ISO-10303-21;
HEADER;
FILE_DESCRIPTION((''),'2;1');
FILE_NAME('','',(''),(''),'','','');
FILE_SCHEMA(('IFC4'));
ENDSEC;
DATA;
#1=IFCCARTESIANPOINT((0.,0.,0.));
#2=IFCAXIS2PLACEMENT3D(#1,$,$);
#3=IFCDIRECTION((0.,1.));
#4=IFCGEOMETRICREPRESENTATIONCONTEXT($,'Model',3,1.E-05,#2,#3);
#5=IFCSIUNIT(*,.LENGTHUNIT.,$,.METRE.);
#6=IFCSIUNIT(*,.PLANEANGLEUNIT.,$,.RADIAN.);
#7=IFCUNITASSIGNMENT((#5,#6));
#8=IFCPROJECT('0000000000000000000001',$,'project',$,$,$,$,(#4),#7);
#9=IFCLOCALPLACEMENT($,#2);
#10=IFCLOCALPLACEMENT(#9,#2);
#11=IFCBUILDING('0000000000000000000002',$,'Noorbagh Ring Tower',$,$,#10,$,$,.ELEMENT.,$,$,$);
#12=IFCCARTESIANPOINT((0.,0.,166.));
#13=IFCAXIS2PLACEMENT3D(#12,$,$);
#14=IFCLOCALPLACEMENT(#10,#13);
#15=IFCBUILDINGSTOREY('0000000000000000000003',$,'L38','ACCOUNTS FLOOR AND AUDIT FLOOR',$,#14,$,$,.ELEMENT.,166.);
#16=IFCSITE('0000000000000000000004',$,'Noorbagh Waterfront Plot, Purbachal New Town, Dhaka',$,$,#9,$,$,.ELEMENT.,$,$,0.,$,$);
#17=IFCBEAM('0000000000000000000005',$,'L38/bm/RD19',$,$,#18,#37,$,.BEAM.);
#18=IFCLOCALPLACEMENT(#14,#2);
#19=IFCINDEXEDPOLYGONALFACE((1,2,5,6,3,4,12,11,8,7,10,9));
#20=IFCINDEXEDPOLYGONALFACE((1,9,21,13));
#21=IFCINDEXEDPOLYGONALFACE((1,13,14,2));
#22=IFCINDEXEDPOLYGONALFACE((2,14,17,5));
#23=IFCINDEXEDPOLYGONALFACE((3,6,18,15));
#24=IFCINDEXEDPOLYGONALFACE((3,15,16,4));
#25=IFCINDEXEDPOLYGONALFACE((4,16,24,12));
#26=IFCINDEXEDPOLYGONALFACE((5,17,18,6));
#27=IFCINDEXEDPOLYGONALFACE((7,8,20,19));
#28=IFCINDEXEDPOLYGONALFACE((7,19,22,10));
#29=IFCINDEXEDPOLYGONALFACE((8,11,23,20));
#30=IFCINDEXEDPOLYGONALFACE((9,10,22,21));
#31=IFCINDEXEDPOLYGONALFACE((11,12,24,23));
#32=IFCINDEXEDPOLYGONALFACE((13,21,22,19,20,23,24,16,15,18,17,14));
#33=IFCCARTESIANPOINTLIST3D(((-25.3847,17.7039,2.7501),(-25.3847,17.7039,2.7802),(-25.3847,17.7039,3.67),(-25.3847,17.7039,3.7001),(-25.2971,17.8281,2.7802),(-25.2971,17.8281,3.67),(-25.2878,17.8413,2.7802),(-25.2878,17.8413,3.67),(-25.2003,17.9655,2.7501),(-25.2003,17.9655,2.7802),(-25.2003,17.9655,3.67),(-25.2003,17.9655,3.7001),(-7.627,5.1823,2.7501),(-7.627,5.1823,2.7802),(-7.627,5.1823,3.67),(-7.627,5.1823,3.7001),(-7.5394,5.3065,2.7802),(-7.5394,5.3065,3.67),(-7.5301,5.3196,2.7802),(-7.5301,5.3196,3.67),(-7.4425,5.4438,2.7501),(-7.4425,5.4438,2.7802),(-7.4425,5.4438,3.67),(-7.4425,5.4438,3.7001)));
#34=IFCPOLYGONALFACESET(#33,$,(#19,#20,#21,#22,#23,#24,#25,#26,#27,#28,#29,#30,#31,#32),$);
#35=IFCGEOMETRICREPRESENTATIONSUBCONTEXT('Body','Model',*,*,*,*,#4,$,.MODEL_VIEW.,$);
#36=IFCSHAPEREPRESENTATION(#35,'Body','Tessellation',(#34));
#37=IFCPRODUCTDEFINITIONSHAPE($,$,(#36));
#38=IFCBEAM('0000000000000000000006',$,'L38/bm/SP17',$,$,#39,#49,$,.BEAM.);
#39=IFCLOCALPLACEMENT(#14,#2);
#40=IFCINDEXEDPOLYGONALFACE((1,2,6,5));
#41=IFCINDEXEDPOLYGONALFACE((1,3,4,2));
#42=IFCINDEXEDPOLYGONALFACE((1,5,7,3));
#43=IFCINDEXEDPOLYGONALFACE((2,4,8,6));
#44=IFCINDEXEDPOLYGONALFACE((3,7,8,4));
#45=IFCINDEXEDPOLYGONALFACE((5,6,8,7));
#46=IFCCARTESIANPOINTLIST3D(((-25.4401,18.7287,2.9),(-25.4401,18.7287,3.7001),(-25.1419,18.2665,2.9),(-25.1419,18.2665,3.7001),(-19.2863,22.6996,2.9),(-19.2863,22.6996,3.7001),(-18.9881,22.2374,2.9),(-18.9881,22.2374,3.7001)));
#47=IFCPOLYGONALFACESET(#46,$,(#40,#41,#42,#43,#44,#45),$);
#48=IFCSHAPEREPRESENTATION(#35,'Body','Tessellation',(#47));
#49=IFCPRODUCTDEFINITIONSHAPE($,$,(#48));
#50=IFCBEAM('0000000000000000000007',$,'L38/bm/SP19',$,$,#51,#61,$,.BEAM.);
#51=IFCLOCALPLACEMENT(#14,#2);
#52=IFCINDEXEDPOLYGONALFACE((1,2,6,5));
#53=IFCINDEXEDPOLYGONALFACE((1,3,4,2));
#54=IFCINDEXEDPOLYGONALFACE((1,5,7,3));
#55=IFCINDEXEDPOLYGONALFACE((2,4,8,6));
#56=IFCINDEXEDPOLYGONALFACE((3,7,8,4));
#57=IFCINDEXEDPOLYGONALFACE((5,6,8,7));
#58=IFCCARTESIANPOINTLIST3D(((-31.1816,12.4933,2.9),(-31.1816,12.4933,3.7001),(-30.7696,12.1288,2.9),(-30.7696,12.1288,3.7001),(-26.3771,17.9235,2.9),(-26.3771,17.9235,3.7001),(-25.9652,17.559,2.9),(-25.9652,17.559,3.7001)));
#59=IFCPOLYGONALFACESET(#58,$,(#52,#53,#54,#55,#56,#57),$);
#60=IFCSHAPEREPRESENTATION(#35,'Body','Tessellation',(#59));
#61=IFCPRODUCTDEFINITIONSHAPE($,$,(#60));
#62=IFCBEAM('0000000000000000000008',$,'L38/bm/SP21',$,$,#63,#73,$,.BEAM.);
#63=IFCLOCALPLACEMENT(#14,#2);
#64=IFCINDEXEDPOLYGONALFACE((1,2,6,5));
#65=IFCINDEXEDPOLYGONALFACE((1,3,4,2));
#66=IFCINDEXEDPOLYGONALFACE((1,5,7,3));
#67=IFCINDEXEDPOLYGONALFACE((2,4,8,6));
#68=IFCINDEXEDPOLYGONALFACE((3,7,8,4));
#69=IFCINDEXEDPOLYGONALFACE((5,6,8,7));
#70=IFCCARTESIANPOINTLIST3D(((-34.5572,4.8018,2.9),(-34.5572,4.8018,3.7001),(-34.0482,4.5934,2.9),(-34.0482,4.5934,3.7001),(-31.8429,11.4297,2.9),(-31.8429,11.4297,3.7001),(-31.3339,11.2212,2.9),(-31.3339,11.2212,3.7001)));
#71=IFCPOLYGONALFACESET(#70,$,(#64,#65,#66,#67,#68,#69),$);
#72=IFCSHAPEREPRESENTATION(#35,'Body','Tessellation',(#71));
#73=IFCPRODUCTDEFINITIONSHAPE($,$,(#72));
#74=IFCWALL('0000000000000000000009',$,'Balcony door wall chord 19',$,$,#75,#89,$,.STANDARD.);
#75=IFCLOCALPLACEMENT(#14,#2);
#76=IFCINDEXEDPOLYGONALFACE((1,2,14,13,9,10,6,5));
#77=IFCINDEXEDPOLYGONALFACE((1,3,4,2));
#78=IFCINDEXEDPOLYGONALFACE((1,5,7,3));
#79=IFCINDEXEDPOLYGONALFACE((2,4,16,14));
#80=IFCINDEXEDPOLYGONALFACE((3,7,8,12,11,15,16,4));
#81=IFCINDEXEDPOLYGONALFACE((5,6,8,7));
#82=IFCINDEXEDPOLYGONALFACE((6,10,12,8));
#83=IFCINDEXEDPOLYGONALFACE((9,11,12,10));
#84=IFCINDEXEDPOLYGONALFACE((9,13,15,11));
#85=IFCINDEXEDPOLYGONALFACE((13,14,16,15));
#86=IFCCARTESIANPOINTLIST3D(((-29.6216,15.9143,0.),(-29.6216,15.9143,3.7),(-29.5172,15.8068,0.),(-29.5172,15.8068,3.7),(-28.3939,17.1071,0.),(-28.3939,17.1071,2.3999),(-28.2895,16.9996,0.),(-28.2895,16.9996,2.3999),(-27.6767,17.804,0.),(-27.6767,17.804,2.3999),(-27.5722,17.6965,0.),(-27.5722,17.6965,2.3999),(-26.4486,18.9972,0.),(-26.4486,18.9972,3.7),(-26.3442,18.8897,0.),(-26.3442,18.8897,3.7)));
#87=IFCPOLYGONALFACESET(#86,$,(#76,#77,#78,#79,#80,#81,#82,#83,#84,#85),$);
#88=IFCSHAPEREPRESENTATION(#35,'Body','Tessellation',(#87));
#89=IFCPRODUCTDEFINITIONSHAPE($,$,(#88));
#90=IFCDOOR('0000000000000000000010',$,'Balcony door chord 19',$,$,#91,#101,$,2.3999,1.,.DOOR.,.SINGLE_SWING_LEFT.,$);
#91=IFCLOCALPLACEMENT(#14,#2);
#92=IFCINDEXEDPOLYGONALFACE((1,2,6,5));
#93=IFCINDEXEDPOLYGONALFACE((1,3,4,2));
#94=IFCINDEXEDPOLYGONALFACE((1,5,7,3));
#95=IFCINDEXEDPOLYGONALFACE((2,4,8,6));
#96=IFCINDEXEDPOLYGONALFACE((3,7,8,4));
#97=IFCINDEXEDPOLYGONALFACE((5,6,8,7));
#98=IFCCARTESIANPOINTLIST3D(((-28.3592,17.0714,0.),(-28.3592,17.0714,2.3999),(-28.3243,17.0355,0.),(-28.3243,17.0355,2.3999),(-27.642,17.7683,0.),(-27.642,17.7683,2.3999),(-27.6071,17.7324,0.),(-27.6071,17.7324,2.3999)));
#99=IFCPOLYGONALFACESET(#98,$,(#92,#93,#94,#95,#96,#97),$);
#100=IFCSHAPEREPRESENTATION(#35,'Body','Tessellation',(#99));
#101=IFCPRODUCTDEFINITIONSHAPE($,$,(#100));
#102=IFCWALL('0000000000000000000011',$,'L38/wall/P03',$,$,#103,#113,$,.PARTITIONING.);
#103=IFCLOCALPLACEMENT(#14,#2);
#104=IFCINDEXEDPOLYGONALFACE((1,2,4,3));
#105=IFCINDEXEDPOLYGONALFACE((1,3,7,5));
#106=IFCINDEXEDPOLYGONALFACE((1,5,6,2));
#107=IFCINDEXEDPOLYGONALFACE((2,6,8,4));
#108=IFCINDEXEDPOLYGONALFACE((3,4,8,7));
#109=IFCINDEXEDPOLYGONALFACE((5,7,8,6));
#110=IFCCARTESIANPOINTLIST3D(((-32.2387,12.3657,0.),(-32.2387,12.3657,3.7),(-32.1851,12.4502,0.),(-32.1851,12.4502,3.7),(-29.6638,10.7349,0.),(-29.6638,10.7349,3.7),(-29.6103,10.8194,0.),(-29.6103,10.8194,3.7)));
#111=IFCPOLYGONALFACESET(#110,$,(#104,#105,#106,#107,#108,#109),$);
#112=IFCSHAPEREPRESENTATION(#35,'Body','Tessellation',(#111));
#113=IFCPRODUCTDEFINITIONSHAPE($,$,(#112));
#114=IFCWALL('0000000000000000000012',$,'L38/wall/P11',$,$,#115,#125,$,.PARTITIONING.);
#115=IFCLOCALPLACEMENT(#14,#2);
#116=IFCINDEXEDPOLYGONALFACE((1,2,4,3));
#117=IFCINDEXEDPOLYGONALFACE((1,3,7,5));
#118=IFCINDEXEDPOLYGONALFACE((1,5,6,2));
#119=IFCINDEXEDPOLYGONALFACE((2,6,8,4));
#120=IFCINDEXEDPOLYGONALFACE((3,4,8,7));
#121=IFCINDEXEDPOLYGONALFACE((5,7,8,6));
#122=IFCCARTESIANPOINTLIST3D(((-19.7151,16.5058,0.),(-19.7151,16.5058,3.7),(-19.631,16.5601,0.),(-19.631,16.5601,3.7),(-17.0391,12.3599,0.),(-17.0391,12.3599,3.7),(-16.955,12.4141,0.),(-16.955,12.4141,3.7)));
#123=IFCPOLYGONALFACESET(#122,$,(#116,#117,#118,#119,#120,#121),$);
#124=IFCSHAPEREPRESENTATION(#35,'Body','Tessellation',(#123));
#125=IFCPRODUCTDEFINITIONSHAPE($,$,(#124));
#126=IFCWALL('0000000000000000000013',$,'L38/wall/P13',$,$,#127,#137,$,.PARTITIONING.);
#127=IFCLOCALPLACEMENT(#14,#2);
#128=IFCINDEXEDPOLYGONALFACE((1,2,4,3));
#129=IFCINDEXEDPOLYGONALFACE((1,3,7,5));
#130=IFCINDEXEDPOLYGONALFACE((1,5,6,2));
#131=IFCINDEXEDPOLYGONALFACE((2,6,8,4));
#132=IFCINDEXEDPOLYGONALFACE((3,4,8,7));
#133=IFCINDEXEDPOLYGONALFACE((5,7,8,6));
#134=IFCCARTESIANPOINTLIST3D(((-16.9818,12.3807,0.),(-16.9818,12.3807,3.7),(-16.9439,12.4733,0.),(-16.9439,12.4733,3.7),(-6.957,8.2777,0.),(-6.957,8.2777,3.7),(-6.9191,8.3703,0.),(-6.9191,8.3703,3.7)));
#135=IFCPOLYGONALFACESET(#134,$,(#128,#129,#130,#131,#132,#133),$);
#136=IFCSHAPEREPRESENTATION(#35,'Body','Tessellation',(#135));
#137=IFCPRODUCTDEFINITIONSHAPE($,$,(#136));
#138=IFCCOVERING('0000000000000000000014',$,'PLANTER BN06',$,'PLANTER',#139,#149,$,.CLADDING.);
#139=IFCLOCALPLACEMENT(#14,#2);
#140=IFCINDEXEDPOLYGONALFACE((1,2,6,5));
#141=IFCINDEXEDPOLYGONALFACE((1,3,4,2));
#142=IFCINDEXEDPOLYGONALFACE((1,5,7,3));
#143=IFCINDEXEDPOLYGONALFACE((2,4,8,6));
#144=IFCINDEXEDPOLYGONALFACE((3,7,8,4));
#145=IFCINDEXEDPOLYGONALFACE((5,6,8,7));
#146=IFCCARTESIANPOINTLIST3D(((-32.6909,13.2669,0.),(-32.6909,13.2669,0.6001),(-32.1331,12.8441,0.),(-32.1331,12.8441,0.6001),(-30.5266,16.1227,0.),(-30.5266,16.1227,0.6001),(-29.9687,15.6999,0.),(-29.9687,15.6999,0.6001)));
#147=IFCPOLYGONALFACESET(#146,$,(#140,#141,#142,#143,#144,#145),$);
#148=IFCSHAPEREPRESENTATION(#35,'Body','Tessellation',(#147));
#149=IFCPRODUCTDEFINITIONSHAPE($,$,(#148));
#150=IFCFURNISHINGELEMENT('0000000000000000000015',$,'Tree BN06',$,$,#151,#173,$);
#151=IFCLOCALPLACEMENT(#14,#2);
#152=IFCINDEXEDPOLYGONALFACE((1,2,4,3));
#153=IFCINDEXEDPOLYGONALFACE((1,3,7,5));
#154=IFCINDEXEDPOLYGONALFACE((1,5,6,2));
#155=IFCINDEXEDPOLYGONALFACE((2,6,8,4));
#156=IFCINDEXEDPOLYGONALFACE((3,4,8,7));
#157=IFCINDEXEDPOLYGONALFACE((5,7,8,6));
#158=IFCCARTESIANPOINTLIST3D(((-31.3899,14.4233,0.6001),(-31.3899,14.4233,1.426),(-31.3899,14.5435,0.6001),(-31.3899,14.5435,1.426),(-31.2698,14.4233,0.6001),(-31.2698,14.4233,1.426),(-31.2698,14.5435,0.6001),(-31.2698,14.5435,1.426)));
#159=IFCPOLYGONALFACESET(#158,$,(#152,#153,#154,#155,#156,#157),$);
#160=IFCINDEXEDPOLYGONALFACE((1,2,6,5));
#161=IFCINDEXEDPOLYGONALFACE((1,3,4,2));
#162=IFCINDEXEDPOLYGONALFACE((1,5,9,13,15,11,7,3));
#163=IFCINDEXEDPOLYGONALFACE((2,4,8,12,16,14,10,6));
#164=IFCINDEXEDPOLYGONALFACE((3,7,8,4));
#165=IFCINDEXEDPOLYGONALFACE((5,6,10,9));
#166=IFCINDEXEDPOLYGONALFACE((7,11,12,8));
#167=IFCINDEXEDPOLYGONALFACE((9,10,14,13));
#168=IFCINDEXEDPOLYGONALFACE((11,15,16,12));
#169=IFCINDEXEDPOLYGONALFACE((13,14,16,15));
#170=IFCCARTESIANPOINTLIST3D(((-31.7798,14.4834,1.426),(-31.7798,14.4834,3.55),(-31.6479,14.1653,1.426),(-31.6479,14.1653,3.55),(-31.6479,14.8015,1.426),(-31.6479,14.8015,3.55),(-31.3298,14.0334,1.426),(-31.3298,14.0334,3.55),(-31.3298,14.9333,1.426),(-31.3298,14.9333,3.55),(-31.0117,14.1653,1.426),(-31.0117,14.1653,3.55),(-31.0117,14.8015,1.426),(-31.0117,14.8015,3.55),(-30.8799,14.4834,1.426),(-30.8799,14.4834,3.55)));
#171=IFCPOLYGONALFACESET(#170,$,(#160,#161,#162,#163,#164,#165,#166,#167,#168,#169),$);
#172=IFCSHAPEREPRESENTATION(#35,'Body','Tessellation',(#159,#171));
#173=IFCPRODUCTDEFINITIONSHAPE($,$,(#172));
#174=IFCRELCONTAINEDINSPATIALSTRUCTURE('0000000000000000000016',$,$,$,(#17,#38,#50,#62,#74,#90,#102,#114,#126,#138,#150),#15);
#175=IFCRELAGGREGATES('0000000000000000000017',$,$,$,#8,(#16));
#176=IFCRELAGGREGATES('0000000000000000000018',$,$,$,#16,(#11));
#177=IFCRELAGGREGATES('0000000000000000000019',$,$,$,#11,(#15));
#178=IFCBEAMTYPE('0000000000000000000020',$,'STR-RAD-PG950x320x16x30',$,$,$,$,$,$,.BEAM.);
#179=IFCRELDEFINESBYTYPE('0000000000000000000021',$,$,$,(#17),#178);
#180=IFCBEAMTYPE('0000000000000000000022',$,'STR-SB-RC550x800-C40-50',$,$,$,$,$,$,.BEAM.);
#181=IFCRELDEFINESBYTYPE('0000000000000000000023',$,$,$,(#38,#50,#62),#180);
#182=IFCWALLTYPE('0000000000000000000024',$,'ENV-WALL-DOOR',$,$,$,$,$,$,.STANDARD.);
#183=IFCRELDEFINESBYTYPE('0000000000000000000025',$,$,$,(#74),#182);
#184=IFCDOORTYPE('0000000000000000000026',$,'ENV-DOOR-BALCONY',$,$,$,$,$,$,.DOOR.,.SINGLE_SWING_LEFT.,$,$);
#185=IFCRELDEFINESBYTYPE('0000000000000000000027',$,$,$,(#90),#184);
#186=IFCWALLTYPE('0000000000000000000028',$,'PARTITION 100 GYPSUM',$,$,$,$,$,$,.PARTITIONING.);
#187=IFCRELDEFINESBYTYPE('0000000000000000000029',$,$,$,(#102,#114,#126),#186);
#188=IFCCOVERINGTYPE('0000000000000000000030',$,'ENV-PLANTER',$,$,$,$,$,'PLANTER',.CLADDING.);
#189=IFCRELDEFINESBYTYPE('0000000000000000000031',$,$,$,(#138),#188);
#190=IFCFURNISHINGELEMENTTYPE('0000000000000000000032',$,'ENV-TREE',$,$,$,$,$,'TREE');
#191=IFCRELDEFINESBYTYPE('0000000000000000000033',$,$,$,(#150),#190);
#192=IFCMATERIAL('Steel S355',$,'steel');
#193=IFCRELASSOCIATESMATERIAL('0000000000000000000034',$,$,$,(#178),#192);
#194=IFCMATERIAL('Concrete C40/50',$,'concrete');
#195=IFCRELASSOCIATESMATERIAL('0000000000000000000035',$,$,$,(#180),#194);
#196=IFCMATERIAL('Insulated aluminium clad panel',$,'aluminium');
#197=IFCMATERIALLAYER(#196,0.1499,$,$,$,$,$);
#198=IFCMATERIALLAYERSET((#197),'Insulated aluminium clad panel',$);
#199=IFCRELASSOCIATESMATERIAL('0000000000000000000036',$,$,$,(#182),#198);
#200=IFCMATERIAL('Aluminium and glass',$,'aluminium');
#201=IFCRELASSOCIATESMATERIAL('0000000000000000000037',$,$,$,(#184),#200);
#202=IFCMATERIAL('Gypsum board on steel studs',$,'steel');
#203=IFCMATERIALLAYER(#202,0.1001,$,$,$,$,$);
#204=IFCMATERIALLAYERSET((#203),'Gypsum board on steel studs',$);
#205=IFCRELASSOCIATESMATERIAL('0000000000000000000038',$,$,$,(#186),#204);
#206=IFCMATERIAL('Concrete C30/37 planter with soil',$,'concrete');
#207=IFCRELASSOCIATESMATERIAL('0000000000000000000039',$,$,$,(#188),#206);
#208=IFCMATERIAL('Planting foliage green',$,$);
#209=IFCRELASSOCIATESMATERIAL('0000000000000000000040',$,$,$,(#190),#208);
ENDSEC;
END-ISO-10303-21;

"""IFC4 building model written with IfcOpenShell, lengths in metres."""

from ifc_helpers import new_model, si_unit, direction, frame, frame_2d, origin, origin_2d, place, context, subcontext, project, spatial, polyline, rectangle, i_section, outline, extrude, material, layer, layer_set, material_profile, profile_set, type_object, element, fill, save


model = new_model("IFC4")

# Units and contexts
model_context = context("Model", 3, precision=1e-05, world=origin(), true_north=direction((0.0, 1.0)))
body_context = subcontext(model_context, "Body", "Model", "MODEL_VIEW")
ifc_project = project(units=[si_unit("LENGTHUNIT", "METRE"), si_unit("PLANEANGLEUNIT", "RADIAN")], contexts=[model_context])

# Site, building, storey
site_placement = place(None, origin())
site = spatial("IfcSite", under=ifc_project, at=site_placement, Name="Noorbagh Waterfront Plot, Purbachal New Town, Dhaka", CompositionType="ELEMENT", RefElevation=0.0)
building_placement = place(site_placement, origin())
building = spatial("IfcBuilding", under=site, at=building_placement, Name="Noorbagh Ring Tower", CompositionType="ELEMENT")
storey_placement = place(building_placement, frame((0.0, 0.0, 166.0)))
storey = spatial("IfcBuildingStorey", under=building, at=storey_placement, Name="L38", Description="ACCOUNTS FLOOR AND AUDIT FLOOR", CompositionType="ELEMENT", Elevation=166.0)

# Beams
ifc_material_1 = material(Name="Steel S355", Category="steel")
ifc_material_profile_1 = material_profile(ifc_material_1, i_section(OverallWidth=0.3201, OverallDepth=0.95, WebThickness=0.0161, FlangeThickness=0.03, at=origin_2d()), Name="PG950x320x16x30")
ifc_profile_set_1 = profile_set([ifc_material_profile_1], Name="Steel S355")
beam_type_1 = type_object("IfcBeamType", Name="STR-RAD-PG950x320x16x30", PredefinedType="BEAM", material=ifc_profile_set_1)
beam_1_placement = place(storey_placement, frame((-25.2925, 17.8347, 3.2251), z_axis=(0.817254, -0.576278, 0.0), x_axis=(0.576278, 0.817254, 0.0)))
element("IfcBeam", 1, at=beam_1_placement, inside=storey, type_object=beam_type_1, Name="L38/bm/RD19", PredefinedType="BEAM", context=body_context, shape_type="SweptSolid", body=[
    extrude(i_section(OverallWidth=0.3201, OverallDepth=0.95, WebThickness=0.0161, FlangeThickness=0.03, at=origin_2d()), origin(), (0.0, 0.0, 1.0), 21.7285),
])
ifc_material_2 = material(Name="Concrete C40/50", Category="concrete")
ifc_material_profile_2 = material_profile(ifc_material_2, rectangle(XDim=0.55, YDim=0.8, at=origin_2d()), Name="RC550x800")
ifc_profile_set_2 = profile_set([ifc_material_profile_2], Name="Concrete C40/50")
beam_type_2 = type_object("IfcBeamType", Name="STR-SB-RC550x800-C40-50", PredefinedType="BEAM", material=ifc_profile_set_2)
beam_2_placement = place(storey_placement, frame((-19.1372, 22.4685, 3.3), z_axis=(-0.84025, -0.542199, 0.0), x_axis=(0.542199, -0.84025, 0.0)))
element("IfcBeam", 2, at=beam_2_placement, inside=storey, type_object=beam_type_2, Name="L38/bm/SP17", PredefinedType="BEAM", context=body_context, shape_type="SweptSolid", body=[
    extrude(rectangle(XDim=0.55, YDim=0.8, at=origin_2d()), origin(), (0.0, 0.0, 1.0), 7.3237),
])
beam_3_placement = place(storey_placement, frame((-26.1711, 17.7412, 3.3), z_axis=(-0.662638, -0.74894, 0.0), x_axis=(0.74894, -0.662638, 0.0)))
element("IfcBeam", 3, at=beam_3_placement, inside=storey, type_object=beam_type_2, Name="L38/bm/SP19", PredefinedType="BEAM", context=body_context, shape_type="SweptSolid", body=[
    extrude(rectangle(XDim=0.55, YDim=0.8, at=origin_2d()), origin(), (0.0, 0.0, 1.0), 7.2505),
])
beam_4_placement = place(storey_placement, frame((-31.5884, 11.3254, 3.3), z_axis=(-0.378983, -0.925404, 0.0), x_axis=(0.925404, -0.378983, 0.0)))
element("IfcBeam", 4, at=beam_4_placement, inside=storey, type_object=beam_type_2, Name="L38/bm/SP21", PredefinedType="BEAM", context=body_context, shape_type="SweptSolid", body=[
    extrude(rectangle(XDim=0.55, YDim=0.8, at=origin_2d()), origin(), (0.0, 0.0, 1.0), 7.1621),
])

# Wall, opening, door
ifc_material_3 = material(Name="Insulated aluminium clad panel", Category="aluminium")
ifc_layer_1 = layer(ifc_material_3, 0.1499)
ifc_layer_set_1 = layer_set([ifc_layer_1], Name="Insulated aluminium clad panel")
wall_type_1 = type_object("IfcWallType", Name="ENV-WALL-DOOR", PredefinedType="STANDARD", material=ifc_layer_set_1)
wall_1_placement = place(storey_placement, frame((-26.3965, 18.9434, 0.0), z_axis=(0.0, 0.0, 1.0), x_axis=(-0.717215, -0.696852, 0.0)))
wall_1 = element("IfcWall", 5, at=wall_1_placement, inside=storey, type_object=wall_type_1, Name="Balcony door wall chord 19", PredefinedType="STANDARD", context=body_context, shape_type="SweptSolid", body=[
    extrude(rectangle(XDim=4.4241, YDim=0.1499, at=frame_2d((2.2119, 0.0))), origin(), (0.0, 0.0, 1.0), 3.7),
])
opening_placement = place(wall_1_placement, frame((1.7122, 0.0, 0.0)))
opening = element("IfcOpeningElement", 6, at=opening_placement, cuts=wall_1, PredefinedType="OPENING", context=body_context, shape_type="SweptSolid", body=[
    extrude(rectangle(XDim=1.0, YDim=2.3999, at=frame_2d((0.5, 1.2))), frame((0.0, 0.085, 0.0), z_axis=(0.0, -1.0, 0.0), x_axis=(1.0, 0.0, 0.0)), (0.0, 0.0, 1.0), 0.1699),
])
ifc_material_4 = material(Name="Aluminium and glass", Category="aluminium")
door_type = type_object("IfcDoorType", Name="ENV-DOOR-BALCONY", OperationType="SINGLE_SWING_LEFT", PredefinedType="DOOR", material=ifc_material_4)
door_placement = place(opening_placement, origin())
door = element("IfcDoor", 7, at=door_placement, inside=storey, type_object=door_type, Name="Balcony door chord 19", OperationType="SINGLE_SWING_LEFT", OverallHeight=2.3999, OverallWidth=1.0, PredefinedType="DOOR", context=body_context, shape_type="SweptSolid", body=[
    extrude(rectangle(XDim=1.0, YDim=2.3999, at=frame_2d((0.5, 1.2))), frame((0.0, 0.0249, 0.0), z_axis=(0.0, -1.0, 0.0), x_axis=(1.0, 0.0, 0.0)), (0.0, 0.0, 1.0), 0.05),
])
fill(opening, door)

# Walls
ifc_material_5 = material(Name="Gypsum board on steel studs", Category="steel")
ifc_layer_2 = layer(ifc_material_5, 0.1001)
ifc_layer_set_2 = layer_set([ifc_layer_2], Name="Gypsum board on steel studs")
wall_type_2 = type_object("IfcWallType", Name="PARTITION 100 GYPSUM", PredefinedType="PARTITIONING", material=ifc_layer_set_2)
wall_2_placement = place(storey_placement, frame((-32.2119, 12.408, 0.0), z_axis=(0.0, 0.0, 1.0), x_axis=(0.844811, -0.535065, 0.0)))
element("IfcWall", 8, at=wall_2_placement, inside=storey, type_object=wall_type_2, Name="L38/wall/P03", PredefinedType="PARTITIONING", context=body_context, shape_type="SweptSolid", body=[
    extrude(rectangle(XDim=3.0479, YDim=0.1001, at=frame_2d((1.5239, 0.0))), origin(), (0.0, 0.0, 1.0), 3.7),
])
wall_3_placement = place(storey_placement, frame((-19.6731, 16.533, 0.0), z_axis=(0.0, 0.0, 1.0), x_axis=(0.542297, -0.840187, 0.0)))
element("IfcWall", 9, at=wall_3_placement, inside=storey, type_object=wall_type_2, Name="L38/wall/P11", PredefinedType="PARTITIONING", context=body_context, shape_type="SweptSolid", body=[
    extrude(rectangle(XDim=4.9346, YDim=0.1001, at=frame_2d((2.4673, 0.0))), origin(), (0.0, 0.0, 1.0), 3.7),
])
wall_4_placement = place(storey_placement, frame((-16.9629, 12.427, 0.0), z_axis=(0.0, 0.0, 1.0), x_axis=(0.925484, -0.378786, 0.0)))
element("IfcWall", 10, at=wall_4_placement, inside=storey, type_object=wall_type_2, Name="L38/wall/P13", PredefinedType="PARTITIONING", context=body_context, shape_type="SweptSolid", body=[
    extrude(rectangle(XDim=10.832, YDim=0.1001, at=frame_2d((5.416, 0.0))), origin(), (0.0, 0.0, 1.0), 3.7),
])

# Covering
ifc_material_6 = material(Name="Concrete C30/37 planter with soil", Category="concrete")
covering_type = type_object("IfcCoveringType", Name="ENV-PLANTER", ElementType="PLANTER", PredefinedType="CLADDING", material=ifc_material_6)
covering_placement = place(storey_placement, frame((-31.3298, 14.4834, 0.0), z_axis=(0.0, 0.0, 1.0), x_axis=(-0.60402, -0.796969, 0.0)))
element("IfcCovering", 11, at=covering_placement, inside=storey, type_object=covering_type, Name="PLANTER BN06", ObjectType="PLANTER", PredefinedType="CLADDING", context=body_context, shape_type="SweptSolid", body=[
    extrude(rectangle(XDim=3.5833, YDim=0.7, at=origin_2d()), origin(), (0.0, 0.0, 1.0), 0.6001),
])

# Furnishing element
ifc_material_7 = material(Name="Planting foliage green")
furnishing_element_type = type_object("IfcFurnishingElementType", Name="ENV-TREE", ElementType="TREE", material=ifc_material_7)
furnishing_placement = place(storey_placement, frame((-31.3298, 14.4834, 0.6001), z_axis=(0.0, 0.0, 1.0), x_axis=(1.0, 0.0, 0.0)))
element("IfcFurnishingElement", 12, at=furnishing_placement, inside=storey, type_object=furnishing_element_type, Name="Tree BN06", context=body_context, shape_type="SweptSolid", body=[
    extrude(rectangle(XDim=0.1201, YDim=0.1201, at=origin_2d()), origin(), (0.0, 0.0, 1.0), 0.8259),
    extrude(outline(polyline([(0.45, 0.0), (0.3181, 0.3181), (0.0, 0.45), (-0.3181, 0.3181), (-0.45, 0.0), (-0.3181, -0.3181), (0.0, -0.45), (0.3181, -0.3181), (0.45, 0.0)])), frame((0.0, 0.0, 0.8259)), (0.0, 0.0, 1.0), 2.124),
])

save(model, "model.ifc")
